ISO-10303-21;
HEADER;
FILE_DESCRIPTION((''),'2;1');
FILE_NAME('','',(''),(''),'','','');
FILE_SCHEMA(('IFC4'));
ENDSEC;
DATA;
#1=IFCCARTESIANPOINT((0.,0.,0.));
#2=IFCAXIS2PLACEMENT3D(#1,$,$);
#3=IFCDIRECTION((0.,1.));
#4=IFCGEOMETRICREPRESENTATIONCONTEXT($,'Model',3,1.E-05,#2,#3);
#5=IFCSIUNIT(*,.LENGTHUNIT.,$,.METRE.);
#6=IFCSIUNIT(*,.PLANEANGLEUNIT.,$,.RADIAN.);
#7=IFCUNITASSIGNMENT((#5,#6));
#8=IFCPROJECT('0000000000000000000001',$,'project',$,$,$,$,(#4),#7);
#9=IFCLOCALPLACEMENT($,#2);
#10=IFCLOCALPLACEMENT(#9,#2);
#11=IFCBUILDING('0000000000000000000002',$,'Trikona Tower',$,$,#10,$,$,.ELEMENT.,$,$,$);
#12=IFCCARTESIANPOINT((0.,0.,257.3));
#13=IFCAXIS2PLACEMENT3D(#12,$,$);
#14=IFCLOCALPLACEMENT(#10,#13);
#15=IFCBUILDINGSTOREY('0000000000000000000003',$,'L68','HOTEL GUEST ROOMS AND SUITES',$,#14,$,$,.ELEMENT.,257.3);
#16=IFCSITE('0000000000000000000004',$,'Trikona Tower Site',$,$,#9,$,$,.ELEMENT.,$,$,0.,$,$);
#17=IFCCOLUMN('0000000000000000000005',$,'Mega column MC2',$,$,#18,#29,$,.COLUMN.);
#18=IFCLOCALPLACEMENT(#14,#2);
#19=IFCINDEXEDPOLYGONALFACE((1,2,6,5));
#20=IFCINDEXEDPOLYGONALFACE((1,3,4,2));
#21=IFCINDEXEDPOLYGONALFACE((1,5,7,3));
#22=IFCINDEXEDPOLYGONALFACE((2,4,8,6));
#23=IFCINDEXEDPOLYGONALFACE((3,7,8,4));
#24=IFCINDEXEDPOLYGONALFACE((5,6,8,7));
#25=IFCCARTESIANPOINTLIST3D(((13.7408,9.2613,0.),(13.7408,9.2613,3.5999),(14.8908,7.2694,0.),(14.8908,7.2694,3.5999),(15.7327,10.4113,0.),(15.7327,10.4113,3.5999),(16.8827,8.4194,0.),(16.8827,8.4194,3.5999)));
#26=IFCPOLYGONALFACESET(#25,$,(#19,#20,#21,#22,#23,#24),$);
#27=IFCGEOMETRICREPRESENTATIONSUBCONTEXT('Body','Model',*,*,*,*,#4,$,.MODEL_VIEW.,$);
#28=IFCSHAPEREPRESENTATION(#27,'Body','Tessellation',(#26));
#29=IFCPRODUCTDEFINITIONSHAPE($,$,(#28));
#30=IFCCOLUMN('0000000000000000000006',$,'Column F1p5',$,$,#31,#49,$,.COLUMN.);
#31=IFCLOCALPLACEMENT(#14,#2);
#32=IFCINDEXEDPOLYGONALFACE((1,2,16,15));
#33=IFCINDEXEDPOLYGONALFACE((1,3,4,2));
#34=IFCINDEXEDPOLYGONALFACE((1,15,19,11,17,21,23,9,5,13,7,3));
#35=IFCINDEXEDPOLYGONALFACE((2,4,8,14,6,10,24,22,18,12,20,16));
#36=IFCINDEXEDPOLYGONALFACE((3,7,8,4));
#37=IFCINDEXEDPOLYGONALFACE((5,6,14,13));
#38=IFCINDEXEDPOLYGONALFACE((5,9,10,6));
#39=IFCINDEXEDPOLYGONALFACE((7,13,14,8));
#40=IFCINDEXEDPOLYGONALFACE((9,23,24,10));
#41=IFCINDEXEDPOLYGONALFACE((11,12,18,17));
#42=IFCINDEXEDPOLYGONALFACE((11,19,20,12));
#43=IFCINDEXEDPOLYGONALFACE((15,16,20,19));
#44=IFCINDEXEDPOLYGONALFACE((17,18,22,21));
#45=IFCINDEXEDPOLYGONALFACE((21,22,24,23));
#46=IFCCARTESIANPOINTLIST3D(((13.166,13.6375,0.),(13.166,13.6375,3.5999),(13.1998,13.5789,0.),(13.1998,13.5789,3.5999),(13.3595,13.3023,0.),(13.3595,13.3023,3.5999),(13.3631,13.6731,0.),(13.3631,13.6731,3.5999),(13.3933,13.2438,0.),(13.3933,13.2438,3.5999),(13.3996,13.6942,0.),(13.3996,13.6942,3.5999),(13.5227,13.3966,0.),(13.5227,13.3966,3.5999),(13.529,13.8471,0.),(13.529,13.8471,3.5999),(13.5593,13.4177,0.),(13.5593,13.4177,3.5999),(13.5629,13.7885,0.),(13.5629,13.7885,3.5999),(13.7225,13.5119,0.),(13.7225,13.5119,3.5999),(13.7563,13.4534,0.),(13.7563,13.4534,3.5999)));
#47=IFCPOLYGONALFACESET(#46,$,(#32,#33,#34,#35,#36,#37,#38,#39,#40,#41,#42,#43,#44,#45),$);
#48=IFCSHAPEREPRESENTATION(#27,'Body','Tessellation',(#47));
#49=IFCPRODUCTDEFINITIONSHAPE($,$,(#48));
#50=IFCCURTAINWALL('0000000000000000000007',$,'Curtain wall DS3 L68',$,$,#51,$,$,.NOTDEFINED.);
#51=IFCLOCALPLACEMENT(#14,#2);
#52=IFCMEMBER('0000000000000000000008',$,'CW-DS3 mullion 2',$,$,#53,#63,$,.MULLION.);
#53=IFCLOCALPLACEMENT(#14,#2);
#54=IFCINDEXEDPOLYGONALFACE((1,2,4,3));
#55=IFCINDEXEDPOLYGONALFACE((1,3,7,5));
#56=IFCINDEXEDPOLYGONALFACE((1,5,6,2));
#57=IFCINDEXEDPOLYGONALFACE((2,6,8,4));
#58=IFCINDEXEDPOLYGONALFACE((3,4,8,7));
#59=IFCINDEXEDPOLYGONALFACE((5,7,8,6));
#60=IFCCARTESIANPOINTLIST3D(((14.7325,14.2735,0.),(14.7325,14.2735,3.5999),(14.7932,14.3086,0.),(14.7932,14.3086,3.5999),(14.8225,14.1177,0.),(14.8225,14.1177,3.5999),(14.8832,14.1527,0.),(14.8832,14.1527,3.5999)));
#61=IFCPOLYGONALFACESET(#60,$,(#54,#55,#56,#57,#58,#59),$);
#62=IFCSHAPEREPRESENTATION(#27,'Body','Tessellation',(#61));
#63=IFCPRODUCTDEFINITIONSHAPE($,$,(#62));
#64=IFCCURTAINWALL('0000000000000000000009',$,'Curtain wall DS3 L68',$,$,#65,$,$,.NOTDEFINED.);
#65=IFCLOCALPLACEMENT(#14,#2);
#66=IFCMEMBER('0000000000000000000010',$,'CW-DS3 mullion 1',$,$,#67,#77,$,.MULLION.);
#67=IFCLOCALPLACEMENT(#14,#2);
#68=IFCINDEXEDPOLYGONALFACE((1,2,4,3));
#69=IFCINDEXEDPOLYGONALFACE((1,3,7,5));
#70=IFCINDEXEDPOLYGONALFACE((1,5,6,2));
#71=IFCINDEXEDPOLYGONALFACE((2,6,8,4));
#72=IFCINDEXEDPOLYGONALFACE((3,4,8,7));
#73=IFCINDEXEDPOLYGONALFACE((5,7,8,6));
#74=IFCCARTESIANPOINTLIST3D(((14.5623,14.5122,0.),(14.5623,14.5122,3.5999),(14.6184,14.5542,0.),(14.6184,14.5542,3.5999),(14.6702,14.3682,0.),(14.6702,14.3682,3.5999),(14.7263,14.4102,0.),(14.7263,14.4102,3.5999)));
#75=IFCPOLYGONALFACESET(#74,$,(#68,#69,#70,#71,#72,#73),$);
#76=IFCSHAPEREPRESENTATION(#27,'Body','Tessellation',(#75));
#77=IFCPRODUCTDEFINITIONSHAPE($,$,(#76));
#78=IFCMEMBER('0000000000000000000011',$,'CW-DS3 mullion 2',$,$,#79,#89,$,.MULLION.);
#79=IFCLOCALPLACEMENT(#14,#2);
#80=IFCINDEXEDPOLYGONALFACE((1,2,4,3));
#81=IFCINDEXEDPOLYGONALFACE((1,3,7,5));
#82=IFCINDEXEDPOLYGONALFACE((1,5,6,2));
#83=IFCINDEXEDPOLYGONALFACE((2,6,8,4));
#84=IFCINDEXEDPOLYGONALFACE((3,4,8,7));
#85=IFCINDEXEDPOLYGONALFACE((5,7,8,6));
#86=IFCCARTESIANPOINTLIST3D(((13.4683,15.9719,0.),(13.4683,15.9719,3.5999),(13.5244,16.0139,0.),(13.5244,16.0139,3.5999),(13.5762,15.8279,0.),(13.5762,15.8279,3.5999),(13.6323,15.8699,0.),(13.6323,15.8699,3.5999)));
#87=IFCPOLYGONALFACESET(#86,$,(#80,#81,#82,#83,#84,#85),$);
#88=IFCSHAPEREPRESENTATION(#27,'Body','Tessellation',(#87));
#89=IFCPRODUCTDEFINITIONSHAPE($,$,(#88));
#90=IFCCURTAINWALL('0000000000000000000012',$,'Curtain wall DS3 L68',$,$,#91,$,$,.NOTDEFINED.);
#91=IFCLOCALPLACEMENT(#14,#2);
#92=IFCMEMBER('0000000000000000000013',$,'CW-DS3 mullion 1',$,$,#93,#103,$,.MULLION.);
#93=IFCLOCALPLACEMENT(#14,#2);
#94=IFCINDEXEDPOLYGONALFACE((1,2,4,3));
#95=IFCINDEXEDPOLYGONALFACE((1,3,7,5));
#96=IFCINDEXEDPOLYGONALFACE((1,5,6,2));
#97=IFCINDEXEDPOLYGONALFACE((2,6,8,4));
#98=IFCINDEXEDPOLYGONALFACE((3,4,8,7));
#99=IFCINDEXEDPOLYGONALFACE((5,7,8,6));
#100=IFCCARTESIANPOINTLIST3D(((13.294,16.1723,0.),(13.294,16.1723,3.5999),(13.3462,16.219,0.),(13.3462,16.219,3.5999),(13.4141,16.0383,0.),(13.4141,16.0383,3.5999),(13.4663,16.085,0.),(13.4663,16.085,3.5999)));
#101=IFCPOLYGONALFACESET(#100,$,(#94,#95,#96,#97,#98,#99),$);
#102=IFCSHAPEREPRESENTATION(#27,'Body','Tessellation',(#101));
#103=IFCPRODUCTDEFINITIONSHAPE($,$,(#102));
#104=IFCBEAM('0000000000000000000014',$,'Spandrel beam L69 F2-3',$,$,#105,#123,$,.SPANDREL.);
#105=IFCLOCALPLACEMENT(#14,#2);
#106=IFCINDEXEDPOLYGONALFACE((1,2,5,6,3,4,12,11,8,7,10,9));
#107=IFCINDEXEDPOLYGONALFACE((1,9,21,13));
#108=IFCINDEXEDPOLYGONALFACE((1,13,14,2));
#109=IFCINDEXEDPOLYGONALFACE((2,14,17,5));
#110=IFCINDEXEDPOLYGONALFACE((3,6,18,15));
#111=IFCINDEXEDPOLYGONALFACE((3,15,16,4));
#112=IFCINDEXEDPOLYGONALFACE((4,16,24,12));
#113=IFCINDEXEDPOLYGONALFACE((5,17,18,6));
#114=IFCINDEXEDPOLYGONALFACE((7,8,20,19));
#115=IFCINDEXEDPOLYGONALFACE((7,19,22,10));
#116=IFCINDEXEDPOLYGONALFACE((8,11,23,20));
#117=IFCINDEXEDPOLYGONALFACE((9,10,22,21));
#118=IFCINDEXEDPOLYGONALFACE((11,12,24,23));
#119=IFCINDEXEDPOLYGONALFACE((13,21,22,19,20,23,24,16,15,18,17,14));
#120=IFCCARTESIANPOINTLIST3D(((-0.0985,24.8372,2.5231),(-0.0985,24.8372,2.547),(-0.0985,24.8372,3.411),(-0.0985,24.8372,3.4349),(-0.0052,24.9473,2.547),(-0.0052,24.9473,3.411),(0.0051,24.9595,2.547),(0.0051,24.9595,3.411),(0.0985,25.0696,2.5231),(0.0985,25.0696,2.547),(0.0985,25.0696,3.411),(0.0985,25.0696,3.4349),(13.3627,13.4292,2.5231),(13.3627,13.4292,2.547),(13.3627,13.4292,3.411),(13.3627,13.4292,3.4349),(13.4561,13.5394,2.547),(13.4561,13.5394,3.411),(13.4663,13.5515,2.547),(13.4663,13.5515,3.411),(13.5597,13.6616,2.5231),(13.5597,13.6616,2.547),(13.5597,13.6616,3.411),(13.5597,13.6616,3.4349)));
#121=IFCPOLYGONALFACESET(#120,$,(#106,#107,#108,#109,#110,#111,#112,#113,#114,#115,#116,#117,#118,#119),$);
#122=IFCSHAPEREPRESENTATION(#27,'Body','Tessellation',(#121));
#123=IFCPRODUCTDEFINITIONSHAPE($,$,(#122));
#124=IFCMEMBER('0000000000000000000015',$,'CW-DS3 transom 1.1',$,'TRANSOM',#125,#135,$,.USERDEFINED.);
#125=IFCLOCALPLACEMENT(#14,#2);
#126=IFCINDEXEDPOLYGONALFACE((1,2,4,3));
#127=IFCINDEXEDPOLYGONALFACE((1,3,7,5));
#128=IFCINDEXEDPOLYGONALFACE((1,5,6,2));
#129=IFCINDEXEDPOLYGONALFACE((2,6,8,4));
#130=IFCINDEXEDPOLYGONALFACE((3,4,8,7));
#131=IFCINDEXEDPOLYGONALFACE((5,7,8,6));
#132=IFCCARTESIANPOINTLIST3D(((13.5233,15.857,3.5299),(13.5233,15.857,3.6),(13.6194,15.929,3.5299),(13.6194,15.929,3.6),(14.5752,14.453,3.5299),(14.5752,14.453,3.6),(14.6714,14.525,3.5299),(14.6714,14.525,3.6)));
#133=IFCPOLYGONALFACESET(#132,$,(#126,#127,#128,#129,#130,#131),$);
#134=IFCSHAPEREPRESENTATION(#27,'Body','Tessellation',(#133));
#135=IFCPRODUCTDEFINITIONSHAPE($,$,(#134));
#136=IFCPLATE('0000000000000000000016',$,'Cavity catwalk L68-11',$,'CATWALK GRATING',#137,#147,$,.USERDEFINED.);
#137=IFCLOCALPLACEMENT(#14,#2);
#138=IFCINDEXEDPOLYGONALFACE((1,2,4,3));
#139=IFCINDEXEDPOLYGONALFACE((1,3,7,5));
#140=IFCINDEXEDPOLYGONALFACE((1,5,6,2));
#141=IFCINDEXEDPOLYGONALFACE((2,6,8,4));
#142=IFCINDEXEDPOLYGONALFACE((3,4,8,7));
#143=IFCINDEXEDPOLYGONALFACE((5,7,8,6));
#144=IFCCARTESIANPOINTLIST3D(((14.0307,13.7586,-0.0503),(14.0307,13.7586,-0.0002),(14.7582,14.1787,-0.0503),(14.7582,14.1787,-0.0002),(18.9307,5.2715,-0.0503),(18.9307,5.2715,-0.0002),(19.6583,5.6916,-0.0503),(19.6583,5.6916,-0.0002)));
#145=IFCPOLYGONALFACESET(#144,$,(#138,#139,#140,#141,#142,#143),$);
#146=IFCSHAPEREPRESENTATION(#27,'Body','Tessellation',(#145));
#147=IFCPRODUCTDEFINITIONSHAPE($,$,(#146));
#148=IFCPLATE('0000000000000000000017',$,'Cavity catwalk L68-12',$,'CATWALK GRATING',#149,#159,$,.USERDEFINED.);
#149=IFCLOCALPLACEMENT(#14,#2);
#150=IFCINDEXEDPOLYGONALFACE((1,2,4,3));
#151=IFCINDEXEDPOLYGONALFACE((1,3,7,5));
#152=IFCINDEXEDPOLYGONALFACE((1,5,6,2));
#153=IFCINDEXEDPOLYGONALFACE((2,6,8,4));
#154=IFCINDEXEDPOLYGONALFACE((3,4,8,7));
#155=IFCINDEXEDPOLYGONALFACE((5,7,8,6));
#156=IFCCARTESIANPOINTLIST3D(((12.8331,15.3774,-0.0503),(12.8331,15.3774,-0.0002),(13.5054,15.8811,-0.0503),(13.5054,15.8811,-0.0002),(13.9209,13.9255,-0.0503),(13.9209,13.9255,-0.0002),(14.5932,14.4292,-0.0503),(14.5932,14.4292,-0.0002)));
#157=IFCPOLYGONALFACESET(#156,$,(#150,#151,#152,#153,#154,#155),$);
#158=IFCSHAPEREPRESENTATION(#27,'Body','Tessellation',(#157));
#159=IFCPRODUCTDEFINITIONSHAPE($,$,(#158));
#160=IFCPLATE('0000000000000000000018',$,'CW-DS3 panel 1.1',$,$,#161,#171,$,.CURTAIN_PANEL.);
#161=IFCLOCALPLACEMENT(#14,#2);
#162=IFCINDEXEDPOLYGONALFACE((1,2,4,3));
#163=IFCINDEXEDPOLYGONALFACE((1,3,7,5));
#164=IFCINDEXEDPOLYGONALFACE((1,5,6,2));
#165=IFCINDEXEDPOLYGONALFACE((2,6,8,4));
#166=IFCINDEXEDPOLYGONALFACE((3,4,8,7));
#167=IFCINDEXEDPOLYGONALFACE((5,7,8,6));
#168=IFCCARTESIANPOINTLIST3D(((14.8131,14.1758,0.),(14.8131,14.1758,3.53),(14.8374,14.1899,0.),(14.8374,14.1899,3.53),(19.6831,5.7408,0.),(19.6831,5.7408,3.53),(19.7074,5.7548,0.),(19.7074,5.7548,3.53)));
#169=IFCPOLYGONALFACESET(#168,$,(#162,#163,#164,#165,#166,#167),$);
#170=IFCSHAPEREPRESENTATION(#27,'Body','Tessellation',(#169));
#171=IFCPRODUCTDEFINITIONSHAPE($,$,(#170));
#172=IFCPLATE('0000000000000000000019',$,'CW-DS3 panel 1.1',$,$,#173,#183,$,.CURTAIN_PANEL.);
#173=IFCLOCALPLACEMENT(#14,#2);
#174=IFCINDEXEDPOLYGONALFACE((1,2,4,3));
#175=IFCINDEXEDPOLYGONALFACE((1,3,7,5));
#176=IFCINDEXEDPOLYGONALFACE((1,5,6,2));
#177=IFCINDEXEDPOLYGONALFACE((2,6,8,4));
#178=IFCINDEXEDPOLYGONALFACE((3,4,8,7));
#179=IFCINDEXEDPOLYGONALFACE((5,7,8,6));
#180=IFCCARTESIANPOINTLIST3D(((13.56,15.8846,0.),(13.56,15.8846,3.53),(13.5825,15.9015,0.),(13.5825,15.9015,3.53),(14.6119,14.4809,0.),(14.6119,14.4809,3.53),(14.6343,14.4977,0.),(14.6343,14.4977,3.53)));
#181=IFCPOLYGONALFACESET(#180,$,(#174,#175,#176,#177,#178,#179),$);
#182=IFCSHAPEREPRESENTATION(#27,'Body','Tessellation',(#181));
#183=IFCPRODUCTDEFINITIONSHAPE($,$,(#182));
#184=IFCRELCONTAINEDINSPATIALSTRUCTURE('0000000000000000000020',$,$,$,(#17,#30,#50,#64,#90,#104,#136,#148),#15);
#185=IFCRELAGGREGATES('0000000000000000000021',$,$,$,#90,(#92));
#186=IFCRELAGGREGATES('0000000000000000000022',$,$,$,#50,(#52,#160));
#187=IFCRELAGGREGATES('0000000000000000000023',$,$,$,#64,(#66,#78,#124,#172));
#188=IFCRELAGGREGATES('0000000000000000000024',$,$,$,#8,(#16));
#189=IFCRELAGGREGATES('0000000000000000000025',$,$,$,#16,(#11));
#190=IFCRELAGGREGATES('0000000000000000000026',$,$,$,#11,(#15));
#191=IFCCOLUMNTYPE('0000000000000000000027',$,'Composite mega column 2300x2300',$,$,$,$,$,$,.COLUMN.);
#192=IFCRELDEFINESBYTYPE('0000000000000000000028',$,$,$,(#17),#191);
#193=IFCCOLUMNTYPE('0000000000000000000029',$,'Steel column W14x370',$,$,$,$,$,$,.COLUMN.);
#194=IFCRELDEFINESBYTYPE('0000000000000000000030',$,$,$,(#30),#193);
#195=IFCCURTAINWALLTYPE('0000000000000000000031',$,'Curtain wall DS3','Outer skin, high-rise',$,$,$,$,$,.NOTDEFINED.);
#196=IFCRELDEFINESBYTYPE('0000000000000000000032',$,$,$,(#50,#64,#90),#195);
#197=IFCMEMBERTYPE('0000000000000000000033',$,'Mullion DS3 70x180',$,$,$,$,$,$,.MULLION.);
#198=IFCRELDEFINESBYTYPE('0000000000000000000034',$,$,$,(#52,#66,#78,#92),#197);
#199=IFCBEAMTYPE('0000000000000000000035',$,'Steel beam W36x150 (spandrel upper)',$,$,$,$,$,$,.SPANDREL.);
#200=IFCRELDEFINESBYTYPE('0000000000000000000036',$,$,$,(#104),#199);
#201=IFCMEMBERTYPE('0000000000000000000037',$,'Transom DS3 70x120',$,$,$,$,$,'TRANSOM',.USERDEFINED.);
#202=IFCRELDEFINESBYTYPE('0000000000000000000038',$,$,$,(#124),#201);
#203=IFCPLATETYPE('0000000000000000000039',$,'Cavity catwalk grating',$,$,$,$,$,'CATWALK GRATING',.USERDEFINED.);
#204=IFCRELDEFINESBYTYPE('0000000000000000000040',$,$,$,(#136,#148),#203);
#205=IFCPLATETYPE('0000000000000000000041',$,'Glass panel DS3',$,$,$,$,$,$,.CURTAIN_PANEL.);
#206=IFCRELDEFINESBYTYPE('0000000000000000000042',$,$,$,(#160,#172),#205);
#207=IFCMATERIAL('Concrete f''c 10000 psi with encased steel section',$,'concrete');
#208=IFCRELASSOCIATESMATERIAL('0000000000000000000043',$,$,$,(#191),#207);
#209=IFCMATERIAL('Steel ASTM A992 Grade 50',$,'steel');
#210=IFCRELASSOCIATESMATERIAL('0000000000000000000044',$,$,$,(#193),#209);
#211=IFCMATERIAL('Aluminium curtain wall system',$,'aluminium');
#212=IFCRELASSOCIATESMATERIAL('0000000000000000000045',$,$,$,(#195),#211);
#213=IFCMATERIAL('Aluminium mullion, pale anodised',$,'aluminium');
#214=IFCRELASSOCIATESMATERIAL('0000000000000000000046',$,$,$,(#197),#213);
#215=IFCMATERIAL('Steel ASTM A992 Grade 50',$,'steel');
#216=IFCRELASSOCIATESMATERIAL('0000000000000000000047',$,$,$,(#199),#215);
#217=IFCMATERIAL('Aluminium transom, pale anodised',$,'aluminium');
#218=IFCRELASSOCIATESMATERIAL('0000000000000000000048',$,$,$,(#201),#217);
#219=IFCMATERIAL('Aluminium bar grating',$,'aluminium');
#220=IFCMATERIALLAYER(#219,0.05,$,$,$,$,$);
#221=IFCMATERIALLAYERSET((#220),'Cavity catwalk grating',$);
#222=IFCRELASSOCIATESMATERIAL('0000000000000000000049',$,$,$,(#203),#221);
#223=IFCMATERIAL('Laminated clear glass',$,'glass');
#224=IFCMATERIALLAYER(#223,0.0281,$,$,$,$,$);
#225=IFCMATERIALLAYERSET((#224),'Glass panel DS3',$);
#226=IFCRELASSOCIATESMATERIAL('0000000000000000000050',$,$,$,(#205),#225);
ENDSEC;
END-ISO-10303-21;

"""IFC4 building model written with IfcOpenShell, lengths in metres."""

from ifc_helpers import new_model, si_unit, direction, frame, origin, origin_2d, place, context, subcontext, project, spatial, rectangle, i_section, extrude, material, layer, layer_set, material_profile, profile_set, type_object, element, aggregate, save


model = new_model("IFC4")

# Units and contexts
model_context = context("Model", 3, precision=1e-05, world=origin(), true_north=direction((0.0, 1.0)))
body_context = subcontext(model_context, "Body", "Model", "MODEL_VIEW")
ifc_project = project(units=[si_unit("LENGTHUNIT", "METRE"), si_unit("PLANEANGLEUNIT", "RADIAN")], contexts=[model_context])

# Site, building, storey
site_placement = place(None, origin())
site = spatial("IfcSite", under=ifc_project, at=site_placement, Name="Trikona Tower Site", CompositionType="ELEMENT", RefElevation=0.0)
building_placement = place(site_placement, origin())
building = spatial("IfcBuilding", under=site, at=building_placement, Name="Trikona Tower", CompositionType="ELEMENT")
storey_placement = place(building_placement, frame((0.0, 0.0, 257.3)))
storey = spatial("IfcBuildingStorey", under=building, at=storey_placement, Name="L68", Description="HOTEL GUEST ROOMS AND SUITES", CompositionType="ELEMENT", Elevation=257.3)

# Columns
ifc_material_1 = material(Name="Concrete f'c 10000 psi with encased steel section", Category="concrete")
ifc_material_profile_1 = material_profile(ifc_material_1, rectangle(XDim=2.3, YDim=2.3, at=origin_2d()), Name="MC2300")
ifc_profile_set_1 = profile_set([ifc_material_profile_1], Name="Concrete f'c 10000 psi with encased steel section")
column_type_1 = type_object("IfcColumnType", Name="Composite mega column 2300x2300", PredefinedType="COLUMN", material=ifc_profile_set_1)
column_1_placement = place(storey_placement, frame((15.3118, 8.8403, 0.0), z_axis=(0.0, 0.0, 1.0), x_axis=(0.866025, 0.5, 0.0)))
element("IfcColumn", 1, at=column_1_placement, inside=storey, type_object=column_type_1, Name="Mega column MC2", PredefinedType="COLUMN", context=body_context, shape_type="SweptSolid", body=[
    extrude(rectangle(XDim=2.3, YDim=2.3, at=origin_2d()), origin(), (0.0, 0.0, 1.0), 3.5999),
])
ifc_material_2 = material(Name="Steel ASTM A992 Grade 50", Category="steel")
ifc_material_profile_2 = material_profile(ifc_material_2, i_section(OverallWidth=0.4192, OverallDepth=0.4546, WebThickness=0.0422, FlangeThickness=0.0676, at=origin_2d()), Name="W14X370")
ifc_profile_set_2 = profile_set([ifc_material_profile_2], Name="Steel ASTM A992 Grade 50")
column_type_2 = type_object("IfcColumnType", Name="Steel column W14x370", PredefinedType="COLUMN", material=ifc_profile_set_2)
column_2_placement = place(storey_placement, frame((13.4612, 13.5454, 0.0), z_axis=(0.0, 0.0, 1.0), x_axis=(0.866025, 0.5, 0.0)))
element("IfcColumn", 2, at=column_2_placement, inside=storey, type_object=column_type_2, Name="Column F1p5", PredefinedType="COLUMN", context=body_context, shape_type="SweptSolid", body=[
    extrude(i_section(OverallWidth=0.4192, OverallDepth=0.4546, WebThickness=0.0422, FlangeThickness=0.0676, at=origin_2d()), origin(), (0.0, 0.0, 1.0), 3.5999),
])

# Curtain wall, member
ifc_material_3 = material(Name="Aluminium curtain wall system", Category="aluminium")
curtain_wall_type = type_object("IfcCurtainWallType", Name="Curtain wall DS3", Description="Outer skin, high-rise", PredefinedType="NOTDEFINED", material=ifc_material_3)
curtain_wall_1_placement = place(storey_placement, origin())
curtain_wall_1 = element("IfcCurtainWall", 3, at=curtain_wall_1_placement, inside=storey, type_object=curtain_wall_type, Name="Curtain wall DS3 L68", PredefinedType="NOTDEFINED")
ifc_material_4 = material(Name="Aluminium mullion, pale anodised", Category="aluminium")
ifc_material_profile_3 = material_profile(ifc_material_4, rectangle(XDim=0.0701, YDim=0.1799, at=origin_2d()), Name="MUL-DS3")
ifc_profile_set_3 = profile_set([ifc_material_profile_3], Name="Aluminium mullion, pale anodised")
member_type_1 = type_object("IfcMemberType", Name="Mullion DS3 70x180", PredefinedType="MULLION", material=ifc_profile_set_3)
member_1_placement = place(storey_placement, frame((14.8079, 14.2131, 0.0), z_axis=(0.0, 0.0, 1.0), x_axis=(-0.866025, -0.500001, 0.0)))
member_1 = element("IfcMember", 4, at=member_1_placement, type_object=member_type_1, Name="CW-DS3 mullion 2", PredefinedType="MULLION", context=body_context, shape_type="SweptSolid", body=[
    extrude(rectangle(XDim=0.0701, YDim=0.1799, at=origin_2d()), origin(), (0.0, 0.0, 1.0), 3.5999),
])

# Curtain wall, members
curtain_wall_2_placement = place(storey_placement, origin())
curtain_wall_2 = element("IfcCurtainWall", 5, at=curtain_wall_2_placement, inside=storey, type_object=curtain_wall_type, Name="Curtain wall DS3 L68", PredefinedType="NOTDEFINED")
member_2_placement = place(storey_placement, frame((14.6443, 14.4612, 0.0), z_axis=(0.0, 0.0, 1.0), x_axis=(-0.80026, -0.599654, 0.0)))
member_2 = element("IfcMember", 6, at=member_2_placement, type_object=member_type_1, Name="CW-DS3 mullion 1", PredefinedType="MULLION", context=body_context, shape_type="SweptSolid", body=[
    extrude(rectangle(XDim=0.0701, YDim=0.1799, at=origin_2d()), origin(), (0.0, 0.0, 1.0), 3.5999),
])
member_3_placement = place(storey_placement, frame((13.5503, 15.9209, 0.0), z_axis=(0.0, 0.0, 1.0), x_axis=(-0.80026, -0.599654, 0.0)))
member_3 = element("IfcMember", 7, at=member_3_placement, type_object=member_type_1, Name="CW-DS3 mullion 2", PredefinedType="MULLION", context=body_context, shape_type="SweptSolid", body=[
    extrude(rectangle(XDim=0.0701, YDim=0.1799, at=origin_2d()), origin(), (0.0, 0.0, 1.0), 3.5999),
])

# Curtain wall, member
curtain_wall_3_placement = place(storey_placement, origin())
curtain_wall_3 = element("IfcCurtainWall", 8, at=curtain_wall_3_placement, inside=storey, type_object=curtain_wall_type, Name="Curtain wall DS3 L68", PredefinedType="NOTDEFINED")
member_4_placement = place(storey_placement, frame((13.3801, 16.1287, 0.0), z_axis=(0.0, 0.0, 1.0), x_axis=(-0.744771, -0.66732, 0.0)))
member_4 = element("IfcMember", 9, at=member_4_placement, type_object=member_type_1, Name="CW-DS3 mullion 1", PredefinedType="MULLION", context=body_context, shape_type="SweptSolid", body=[
    extrude(rectangle(XDim=0.0701, YDim=0.1799, at=origin_2d()), origin(), (0.0, 0.0, 1.0), 3.5999),
])
aggregate(curtain_wall_3, [member_4])

# Beam
ifc_material_5 = material(Name="Steel ASTM A992 Grade 50", Category="steel")
ifc_material_profile_4 = material_profile(ifc_material_5, i_section(OverallWidth=0.3047, OverallDepth=0.9119, WebThickness=0.0159, FlangeThickness=0.0239, at=origin_2d()), Name="W36X150")
ifc_profile_set_4 = profile_set([ifc_material_profile_4], Name="Steel ASTM A992 Grade 50")
beam_type = type_object("IfcBeamType", Name="Steel beam W36x150 (spandrel upper)", PredefinedType="SPANDREL", material=ifc_profile_set_4)
beam_placement = place(storey_placement, frame((13.4612, 13.5454, 2.979), z_axis=(-0.762891, 0.646528, 0.0), x_axis=(-0.646528, -0.762891, 0.0)))
element("IfcBeam", 10, at=beam_placement, inside=storey, type_object=beam_type, Name="Spandrel beam L69 F2-3", PredefinedType="SPANDREL", context=body_context, shape_type="SweptSolid", body=[
    extrude(i_section(OverallWidth=0.3047, OverallDepth=0.9119, WebThickness=0.0159, FlangeThickness=0.0239, at=origin_2d()), origin(), (0.0, 0.0, 1.0), 17.645),
])

# Member
ifc_material_6 = material(Name="Aluminium transom, pale anodised", Category="aluminium")
ifc_material_profile_5 = material_profile(ifc_material_6, rectangle(XDim=0.1201, YDim=0.0701, at=origin_2d()), Name="TRN-DS3")
ifc_profile_set_5 = profile_set([ifc_material_profile_5], Name="Aluminium transom, pale anodised")
member_type_2 = type_object("IfcMemberType", Name="Transom DS3 70x120", ElementType="TRANSOM", PredefinedType="USERDEFINED", material=ifc_profile_set_5)
member_5_placement = place(storey_placement, frame((14.6233, 14.489, 3.5649), z_axis=(-0.599621, 0.800284, 0.0), x_axis=(-0.800284, -0.599621, 0.0)))
member_5 = element("IfcMember", 11, at=member_5_placement, type_object=member_type_2, Name="CW-DS3 transom 1.1", ObjectType="TRANSOM", PredefinedType="USERDEFINED", context=body_context, shape_type="SweptSolid", body=[
    extrude(rectangle(XDim=0.1201, YDim=0.0701, at=origin_2d()), origin(), (0.0, 0.0, 1.0), 1.7544),
])

# Plates
ifc_material_7 = material(Name="Aluminium bar grating", Category="aluminium")
ifc_layer_1 = layer(ifc_material_7, 0.05)
ifc_layer_set_1 = layer_set([ifc_layer_1], Name="Cavity catwalk grating")
plate_type_1 = type_object("IfcPlateType", Name="Cavity catwalk grating", ElementType="CATWALK GRATING", PredefinedType="USERDEFINED", material=ifc_layer_set_1)
plate_1_placement = place(storey_placement, frame((16.8445, 9.7251, -0.0503), z_axis=(0.0, 0.0, 1.0), x_axis=(-0.499998, 0.866026, 0.0)))
element("IfcPlate", 12, at=plate_1_placement, inside=storey, type_object=plate_type_1, Name="Cavity catwalk L68-11", ObjectType="CATWALK GRATING", PredefinedType="USERDEFINED", context=body_context, shape_type="SweptSolid", body=[
    extrude(rectangle(XDim=9.8, YDim=0.8401, at=origin_2d()), origin(), (0.0, 0.0, 1.0), 0.05),
])
plate_2_placement = place(storey_placement, frame((13.7131, 14.9033, -0.0503), z_axis=(0.0, 0.0, 1.0), x_axis=(-0.599619, 0.800286, 0.0)))
element("IfcPlate", 13, at=plate_2_placement, inside=storey, type_object=plate_type_1, Name="Cavity catwalk L68-12", ObjectType="CATWALK GRATING", PredefinedType="USERDEFINED", context=body_context, shape_type="SweptSolid", body=[
    extrude(rectangle(XDim=1.8142, YDim=0.8401, at=origin_2d()), origin(), (0.0, 0.0, 1.0), 0.05),
])

# Plates
ifc_material_8 = material(Name="Laminated clear glass", Category="glass")
ifc_layer_2 = layer(ifc_material_8, 0.0281)
ifc_layer_set_2 = layer_set([ifc_layer_2], Name="Glass panel DS3")
plate_type_2 = type_object("IfcPlateType", Name="Glass panel DS3", PredefinedType="CURTAIN_PANEL", material=ifc_layer_set_2)
plate_3_placement = place(storey_placement, frame((17.2603, 9.9653, 0.0), z_axis=(0.0, 0.0, 1.0), x_axis=(-0.500001, 0.866025, 0.0)))
plate_3 = element("IfcPlate", 14, at=plate_3_placement, type_object=plate_type_2, Name="CW-DS3 panel 1.1", PredefinedType="CURTAIN_PANEL", context=body_context, shape_type="SweptSolid", body=[
    extrude(rectangle(XDim=9.74, YDim=0.0281, at=origin_2d()), origin(), (0.0, 0.0, 1.0), 3.53),
])
aggregate(curtain_wall_1, [member_1, plate_3])
plate_4_placement = place(storey_placement, frame((14.0972, 15.1912, 0.0), z_axis=(0.0, 0.0, 1.0), x_axis=(-0.599654, 0.80026, 0.0)))
plate_4 = element("IfcPlate", 15, at=plate_4_placement, type_object=plate_type_2, Name="CW-DS3 panel 1.1", PredefinedType="CURTAIN_PANEL", context=body_context, shape_type="SweptSolid", body=[
    extrude(rectangle(XDim=1.7542, YDim=0.0281, at=origin_2d()), origin(), (0.0, 0.0, 1.0), 3.53),
])
aggregate(curtain_wall_2, [member_2, member_3, member_5, plate_4])

save(model, "model.ifc")
